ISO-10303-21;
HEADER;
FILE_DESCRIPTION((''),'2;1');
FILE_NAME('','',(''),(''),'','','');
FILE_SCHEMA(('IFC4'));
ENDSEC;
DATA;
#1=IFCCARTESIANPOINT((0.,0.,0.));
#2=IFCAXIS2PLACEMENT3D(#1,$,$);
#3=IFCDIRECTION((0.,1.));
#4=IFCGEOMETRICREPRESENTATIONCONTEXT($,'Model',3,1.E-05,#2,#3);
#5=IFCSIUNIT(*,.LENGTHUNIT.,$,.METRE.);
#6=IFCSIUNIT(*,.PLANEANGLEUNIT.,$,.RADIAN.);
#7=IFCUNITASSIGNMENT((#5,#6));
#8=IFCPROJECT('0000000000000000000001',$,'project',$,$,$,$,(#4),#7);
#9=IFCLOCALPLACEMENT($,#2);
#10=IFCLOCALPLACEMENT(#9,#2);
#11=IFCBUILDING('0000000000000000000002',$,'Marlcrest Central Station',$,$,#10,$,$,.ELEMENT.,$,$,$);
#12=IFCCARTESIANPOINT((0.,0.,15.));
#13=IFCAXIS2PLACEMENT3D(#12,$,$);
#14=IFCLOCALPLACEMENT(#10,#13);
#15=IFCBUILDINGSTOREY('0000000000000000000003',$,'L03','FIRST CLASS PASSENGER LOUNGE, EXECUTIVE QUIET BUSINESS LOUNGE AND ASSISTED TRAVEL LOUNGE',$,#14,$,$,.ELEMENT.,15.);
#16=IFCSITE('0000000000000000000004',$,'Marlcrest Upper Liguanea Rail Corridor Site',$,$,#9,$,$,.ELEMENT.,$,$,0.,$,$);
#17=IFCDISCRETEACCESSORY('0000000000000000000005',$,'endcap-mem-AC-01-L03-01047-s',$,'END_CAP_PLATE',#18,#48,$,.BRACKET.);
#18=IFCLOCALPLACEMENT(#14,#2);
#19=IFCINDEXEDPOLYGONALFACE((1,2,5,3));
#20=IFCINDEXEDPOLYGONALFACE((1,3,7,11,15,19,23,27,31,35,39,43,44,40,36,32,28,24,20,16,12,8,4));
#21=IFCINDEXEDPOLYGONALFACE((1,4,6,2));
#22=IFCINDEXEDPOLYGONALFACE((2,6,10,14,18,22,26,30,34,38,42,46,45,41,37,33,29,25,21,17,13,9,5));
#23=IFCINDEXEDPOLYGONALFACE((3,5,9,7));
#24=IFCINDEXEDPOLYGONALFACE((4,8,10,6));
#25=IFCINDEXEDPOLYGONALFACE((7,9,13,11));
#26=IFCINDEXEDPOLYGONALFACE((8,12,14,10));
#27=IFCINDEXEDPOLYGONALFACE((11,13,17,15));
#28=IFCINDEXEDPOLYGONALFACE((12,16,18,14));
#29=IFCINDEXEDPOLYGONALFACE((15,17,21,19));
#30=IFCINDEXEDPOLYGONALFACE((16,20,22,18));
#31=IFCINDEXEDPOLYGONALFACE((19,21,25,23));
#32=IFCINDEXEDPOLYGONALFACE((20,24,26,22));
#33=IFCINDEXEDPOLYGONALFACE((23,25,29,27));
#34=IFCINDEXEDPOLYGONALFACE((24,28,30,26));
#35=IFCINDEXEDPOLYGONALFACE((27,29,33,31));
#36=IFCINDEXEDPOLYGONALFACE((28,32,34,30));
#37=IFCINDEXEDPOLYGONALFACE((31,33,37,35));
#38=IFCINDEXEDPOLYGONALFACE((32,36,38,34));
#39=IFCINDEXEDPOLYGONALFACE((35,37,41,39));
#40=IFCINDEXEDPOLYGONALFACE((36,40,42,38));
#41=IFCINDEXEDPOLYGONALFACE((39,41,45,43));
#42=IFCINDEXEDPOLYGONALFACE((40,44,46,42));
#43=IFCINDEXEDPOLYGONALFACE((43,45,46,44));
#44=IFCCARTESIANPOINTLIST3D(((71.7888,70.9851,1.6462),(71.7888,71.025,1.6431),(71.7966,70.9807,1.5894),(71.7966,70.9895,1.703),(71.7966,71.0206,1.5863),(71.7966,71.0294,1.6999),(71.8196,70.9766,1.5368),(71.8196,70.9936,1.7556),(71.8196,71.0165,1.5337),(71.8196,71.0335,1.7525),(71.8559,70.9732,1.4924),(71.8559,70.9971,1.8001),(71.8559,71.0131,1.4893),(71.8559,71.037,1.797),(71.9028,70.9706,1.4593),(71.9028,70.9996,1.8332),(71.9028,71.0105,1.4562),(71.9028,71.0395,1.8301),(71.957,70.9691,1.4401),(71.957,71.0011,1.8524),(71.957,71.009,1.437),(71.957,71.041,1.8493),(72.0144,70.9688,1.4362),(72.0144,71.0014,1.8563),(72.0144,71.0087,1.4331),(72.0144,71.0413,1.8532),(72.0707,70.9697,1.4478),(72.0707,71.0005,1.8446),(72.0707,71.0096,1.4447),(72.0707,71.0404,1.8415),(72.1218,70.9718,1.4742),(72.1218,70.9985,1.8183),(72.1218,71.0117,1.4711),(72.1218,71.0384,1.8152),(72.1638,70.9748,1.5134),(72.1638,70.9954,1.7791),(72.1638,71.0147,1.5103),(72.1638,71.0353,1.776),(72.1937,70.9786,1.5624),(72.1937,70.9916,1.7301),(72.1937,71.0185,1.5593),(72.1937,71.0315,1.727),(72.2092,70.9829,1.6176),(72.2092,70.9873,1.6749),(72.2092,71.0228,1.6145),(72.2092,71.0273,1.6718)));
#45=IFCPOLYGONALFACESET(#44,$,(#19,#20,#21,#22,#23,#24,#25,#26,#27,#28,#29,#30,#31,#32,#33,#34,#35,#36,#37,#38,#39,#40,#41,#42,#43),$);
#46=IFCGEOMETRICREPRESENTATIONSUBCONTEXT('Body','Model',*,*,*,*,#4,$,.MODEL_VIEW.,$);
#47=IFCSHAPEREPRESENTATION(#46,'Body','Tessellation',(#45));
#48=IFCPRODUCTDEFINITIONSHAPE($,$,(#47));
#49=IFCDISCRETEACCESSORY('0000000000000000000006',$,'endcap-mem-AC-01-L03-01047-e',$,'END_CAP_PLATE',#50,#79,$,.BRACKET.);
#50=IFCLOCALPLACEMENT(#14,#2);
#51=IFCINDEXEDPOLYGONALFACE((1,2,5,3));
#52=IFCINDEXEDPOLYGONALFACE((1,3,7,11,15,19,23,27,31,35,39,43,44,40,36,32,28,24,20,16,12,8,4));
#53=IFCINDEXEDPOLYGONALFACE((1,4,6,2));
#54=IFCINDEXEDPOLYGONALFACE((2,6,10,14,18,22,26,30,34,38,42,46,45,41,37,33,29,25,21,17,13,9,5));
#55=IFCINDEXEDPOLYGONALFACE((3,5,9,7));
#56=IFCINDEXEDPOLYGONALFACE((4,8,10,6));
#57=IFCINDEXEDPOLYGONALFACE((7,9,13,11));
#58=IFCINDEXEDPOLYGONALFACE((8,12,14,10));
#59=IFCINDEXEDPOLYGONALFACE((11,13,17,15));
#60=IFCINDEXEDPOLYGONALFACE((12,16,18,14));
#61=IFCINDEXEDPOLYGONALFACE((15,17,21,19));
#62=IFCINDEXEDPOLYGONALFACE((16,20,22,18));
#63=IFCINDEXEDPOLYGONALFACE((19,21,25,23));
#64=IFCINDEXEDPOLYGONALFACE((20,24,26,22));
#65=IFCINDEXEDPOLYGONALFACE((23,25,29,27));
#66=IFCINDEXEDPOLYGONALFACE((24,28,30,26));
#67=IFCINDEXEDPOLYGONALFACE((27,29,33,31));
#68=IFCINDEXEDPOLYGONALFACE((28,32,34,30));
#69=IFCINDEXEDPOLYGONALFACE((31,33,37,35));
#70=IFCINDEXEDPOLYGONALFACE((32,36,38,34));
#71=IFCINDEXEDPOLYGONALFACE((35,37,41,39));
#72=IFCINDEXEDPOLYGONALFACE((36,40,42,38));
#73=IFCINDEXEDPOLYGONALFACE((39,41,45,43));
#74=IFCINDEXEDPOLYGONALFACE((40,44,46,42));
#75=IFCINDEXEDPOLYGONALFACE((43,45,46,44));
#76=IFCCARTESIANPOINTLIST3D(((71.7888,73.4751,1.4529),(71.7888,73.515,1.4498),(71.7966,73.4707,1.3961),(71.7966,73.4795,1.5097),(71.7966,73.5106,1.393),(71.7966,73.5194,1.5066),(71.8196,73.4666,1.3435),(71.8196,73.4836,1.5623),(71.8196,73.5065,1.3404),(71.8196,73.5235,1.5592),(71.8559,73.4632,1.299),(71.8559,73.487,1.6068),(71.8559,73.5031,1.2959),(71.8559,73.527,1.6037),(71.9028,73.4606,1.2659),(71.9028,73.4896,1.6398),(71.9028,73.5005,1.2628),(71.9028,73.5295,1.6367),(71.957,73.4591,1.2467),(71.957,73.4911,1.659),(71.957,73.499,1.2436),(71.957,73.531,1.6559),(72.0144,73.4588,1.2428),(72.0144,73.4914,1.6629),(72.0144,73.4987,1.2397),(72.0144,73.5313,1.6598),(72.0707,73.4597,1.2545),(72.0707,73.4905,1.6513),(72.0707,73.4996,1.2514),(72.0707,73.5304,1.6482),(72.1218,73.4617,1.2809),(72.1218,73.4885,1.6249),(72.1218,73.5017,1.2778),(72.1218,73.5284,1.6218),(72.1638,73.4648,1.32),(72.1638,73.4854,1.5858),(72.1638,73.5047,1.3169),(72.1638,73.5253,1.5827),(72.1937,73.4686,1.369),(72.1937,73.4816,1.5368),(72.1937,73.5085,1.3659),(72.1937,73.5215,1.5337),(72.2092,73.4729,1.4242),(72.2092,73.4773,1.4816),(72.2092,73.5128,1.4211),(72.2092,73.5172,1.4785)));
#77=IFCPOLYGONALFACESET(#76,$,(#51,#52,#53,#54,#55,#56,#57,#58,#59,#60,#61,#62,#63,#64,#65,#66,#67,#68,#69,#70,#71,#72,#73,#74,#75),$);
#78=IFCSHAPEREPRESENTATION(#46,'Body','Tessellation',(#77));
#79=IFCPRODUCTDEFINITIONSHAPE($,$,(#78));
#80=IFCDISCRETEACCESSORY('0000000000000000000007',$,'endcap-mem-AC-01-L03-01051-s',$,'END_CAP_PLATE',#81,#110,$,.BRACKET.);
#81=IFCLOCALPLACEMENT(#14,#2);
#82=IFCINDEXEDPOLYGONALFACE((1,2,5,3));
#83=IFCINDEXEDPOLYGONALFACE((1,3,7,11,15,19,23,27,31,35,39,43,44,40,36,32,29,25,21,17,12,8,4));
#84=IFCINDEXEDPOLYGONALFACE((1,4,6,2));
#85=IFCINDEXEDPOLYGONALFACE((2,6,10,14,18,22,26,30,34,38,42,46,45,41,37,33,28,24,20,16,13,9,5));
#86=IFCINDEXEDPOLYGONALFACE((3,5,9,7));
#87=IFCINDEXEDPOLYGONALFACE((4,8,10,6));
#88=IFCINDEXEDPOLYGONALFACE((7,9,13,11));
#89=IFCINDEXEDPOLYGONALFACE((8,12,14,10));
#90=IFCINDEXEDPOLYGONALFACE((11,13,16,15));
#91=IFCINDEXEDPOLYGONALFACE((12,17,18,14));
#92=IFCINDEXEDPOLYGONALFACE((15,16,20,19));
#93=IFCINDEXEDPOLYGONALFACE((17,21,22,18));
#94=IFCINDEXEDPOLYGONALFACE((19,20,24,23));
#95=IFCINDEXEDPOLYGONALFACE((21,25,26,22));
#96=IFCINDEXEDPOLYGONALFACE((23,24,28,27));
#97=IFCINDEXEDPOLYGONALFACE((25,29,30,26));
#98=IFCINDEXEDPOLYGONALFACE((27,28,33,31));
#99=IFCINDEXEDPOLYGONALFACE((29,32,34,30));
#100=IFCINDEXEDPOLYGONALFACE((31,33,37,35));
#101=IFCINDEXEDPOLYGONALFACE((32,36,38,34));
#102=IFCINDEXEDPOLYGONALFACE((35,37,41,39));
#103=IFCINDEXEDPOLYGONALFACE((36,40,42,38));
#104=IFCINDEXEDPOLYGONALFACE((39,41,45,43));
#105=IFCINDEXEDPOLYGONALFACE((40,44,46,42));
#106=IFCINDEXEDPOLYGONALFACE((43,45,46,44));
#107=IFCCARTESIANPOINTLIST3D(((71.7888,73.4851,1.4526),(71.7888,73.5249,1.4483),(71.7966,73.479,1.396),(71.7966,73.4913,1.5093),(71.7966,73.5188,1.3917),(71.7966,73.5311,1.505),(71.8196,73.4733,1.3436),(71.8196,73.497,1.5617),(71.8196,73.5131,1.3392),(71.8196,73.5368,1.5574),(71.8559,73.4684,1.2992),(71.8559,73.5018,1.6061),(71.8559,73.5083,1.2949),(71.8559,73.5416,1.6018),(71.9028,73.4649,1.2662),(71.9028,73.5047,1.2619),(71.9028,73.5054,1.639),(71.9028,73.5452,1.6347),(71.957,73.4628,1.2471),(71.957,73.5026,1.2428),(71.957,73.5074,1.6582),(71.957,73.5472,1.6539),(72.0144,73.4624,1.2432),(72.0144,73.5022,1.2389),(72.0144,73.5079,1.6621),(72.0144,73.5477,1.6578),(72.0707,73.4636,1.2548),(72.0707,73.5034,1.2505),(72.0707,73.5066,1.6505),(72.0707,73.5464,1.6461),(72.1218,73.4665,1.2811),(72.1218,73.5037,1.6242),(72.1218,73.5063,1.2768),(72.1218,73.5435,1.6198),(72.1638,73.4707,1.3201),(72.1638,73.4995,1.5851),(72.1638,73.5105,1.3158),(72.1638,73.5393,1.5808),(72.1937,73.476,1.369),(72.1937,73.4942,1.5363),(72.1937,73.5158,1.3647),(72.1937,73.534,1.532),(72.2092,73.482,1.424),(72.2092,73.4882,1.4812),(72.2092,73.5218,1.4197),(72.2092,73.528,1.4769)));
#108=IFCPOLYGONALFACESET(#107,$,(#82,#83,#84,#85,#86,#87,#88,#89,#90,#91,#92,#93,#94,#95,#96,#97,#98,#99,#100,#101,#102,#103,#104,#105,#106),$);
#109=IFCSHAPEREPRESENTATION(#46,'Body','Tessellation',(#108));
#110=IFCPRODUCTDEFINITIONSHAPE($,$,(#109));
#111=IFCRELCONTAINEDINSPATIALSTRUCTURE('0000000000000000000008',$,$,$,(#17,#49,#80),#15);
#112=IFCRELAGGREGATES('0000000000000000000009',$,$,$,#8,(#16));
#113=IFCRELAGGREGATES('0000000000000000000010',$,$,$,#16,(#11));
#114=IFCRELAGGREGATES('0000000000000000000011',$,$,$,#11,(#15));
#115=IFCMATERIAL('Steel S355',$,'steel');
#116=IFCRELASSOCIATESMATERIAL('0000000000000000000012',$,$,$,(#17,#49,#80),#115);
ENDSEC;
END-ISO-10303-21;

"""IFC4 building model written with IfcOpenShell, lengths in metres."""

from ifc_helpers import new_model, si_unit, direction, frame, origin, origin_2d, place, context, subcontext, project, spatial, circle, extrude, material, element, save


model = new_model("IFC4")

# Units and contexts
model_context = context("Model", 3, precision=1e-05, world=origin(), true_north=direction((0.0, 1.0)))
body_context = subcontext(model_context, "Body", "Model", "MODEL_VIEW")
ifc_project = project(units=[si_unit("LENGTHUNIT", "METRE"), si_unit("PLANEANGLEUNIT", "RADIAN")], contexts=[model_context])

# Site, building, storey
site_placement = place(None, origin())
site = spatial("IfcSite", under=ifc_project, at=site_placement, Name="Marlcrest Upper Liguanea Rail Corridor Site", CompositionType="ELEMENT", RefElevation=0.0)
building_placement = place(site_placement, origin())
building = spatial("IfcBuilding", under=site, at=building_placement, Name="Marlcrest Central Station", CompositionType="ELEMENT")
storey_placement = place(building_placement, frame((0.0, 0.0, 15.0)))
storey = spatial("IfcBuildingStorey", under=building, at=storey_placement, Name="L03", Description="FIRST CLASS PASSENGER LOUNGE, EXECUTIVE QUIET BUSINESS LOUNGE AND ASSISTED TRAVEL LOUNGE", CompositionType="ELEMENT", Elevation=15.0)

# Shared definitions
ifc_material_1 = material(Name="Steel S355", Category="steel")

# Discrete accessories
for number, where, z_axis, x_axis, name in (
    (1, (72.0, 70.9851, 1.6462), (0.0, 0.997, -0.077404), (-1.0, 0.0, 0.0), "endcap-mem-AC-01-L03-01047-s"),
    (2, (72.0, 73.4751, 1.4529), (0.0, 0.997, -0.077404), (-1.0, 0.0, 0.0), "endcap-mem-AC-01-L03-01047-e"),
    (3, (72.0, 73.4851, 1.4526), (0.0, 0.994155, -0.107959), (-1.0, 0.0, 0.0), "endcap-mem-AC-01-L03-01051-s"),
):
    element("IfcDiscreteAccessory", number, at=place(storey_placement, frame(where, z_axis=z_axis, x_axis=x_axis)), inside=storey, material=ifc_material_1, Name=name, ObjectType="END_CAP_PLATE", PredefinedType="BRACKET", context=body_context, shape_type="SweptSolid", body=[
        extrude(circle(Radius=0.2112, at=origin_2d()), origin(), (0.0, 0.0, 1.0), 0.04),
    ])

save(model, "model.ifc")
